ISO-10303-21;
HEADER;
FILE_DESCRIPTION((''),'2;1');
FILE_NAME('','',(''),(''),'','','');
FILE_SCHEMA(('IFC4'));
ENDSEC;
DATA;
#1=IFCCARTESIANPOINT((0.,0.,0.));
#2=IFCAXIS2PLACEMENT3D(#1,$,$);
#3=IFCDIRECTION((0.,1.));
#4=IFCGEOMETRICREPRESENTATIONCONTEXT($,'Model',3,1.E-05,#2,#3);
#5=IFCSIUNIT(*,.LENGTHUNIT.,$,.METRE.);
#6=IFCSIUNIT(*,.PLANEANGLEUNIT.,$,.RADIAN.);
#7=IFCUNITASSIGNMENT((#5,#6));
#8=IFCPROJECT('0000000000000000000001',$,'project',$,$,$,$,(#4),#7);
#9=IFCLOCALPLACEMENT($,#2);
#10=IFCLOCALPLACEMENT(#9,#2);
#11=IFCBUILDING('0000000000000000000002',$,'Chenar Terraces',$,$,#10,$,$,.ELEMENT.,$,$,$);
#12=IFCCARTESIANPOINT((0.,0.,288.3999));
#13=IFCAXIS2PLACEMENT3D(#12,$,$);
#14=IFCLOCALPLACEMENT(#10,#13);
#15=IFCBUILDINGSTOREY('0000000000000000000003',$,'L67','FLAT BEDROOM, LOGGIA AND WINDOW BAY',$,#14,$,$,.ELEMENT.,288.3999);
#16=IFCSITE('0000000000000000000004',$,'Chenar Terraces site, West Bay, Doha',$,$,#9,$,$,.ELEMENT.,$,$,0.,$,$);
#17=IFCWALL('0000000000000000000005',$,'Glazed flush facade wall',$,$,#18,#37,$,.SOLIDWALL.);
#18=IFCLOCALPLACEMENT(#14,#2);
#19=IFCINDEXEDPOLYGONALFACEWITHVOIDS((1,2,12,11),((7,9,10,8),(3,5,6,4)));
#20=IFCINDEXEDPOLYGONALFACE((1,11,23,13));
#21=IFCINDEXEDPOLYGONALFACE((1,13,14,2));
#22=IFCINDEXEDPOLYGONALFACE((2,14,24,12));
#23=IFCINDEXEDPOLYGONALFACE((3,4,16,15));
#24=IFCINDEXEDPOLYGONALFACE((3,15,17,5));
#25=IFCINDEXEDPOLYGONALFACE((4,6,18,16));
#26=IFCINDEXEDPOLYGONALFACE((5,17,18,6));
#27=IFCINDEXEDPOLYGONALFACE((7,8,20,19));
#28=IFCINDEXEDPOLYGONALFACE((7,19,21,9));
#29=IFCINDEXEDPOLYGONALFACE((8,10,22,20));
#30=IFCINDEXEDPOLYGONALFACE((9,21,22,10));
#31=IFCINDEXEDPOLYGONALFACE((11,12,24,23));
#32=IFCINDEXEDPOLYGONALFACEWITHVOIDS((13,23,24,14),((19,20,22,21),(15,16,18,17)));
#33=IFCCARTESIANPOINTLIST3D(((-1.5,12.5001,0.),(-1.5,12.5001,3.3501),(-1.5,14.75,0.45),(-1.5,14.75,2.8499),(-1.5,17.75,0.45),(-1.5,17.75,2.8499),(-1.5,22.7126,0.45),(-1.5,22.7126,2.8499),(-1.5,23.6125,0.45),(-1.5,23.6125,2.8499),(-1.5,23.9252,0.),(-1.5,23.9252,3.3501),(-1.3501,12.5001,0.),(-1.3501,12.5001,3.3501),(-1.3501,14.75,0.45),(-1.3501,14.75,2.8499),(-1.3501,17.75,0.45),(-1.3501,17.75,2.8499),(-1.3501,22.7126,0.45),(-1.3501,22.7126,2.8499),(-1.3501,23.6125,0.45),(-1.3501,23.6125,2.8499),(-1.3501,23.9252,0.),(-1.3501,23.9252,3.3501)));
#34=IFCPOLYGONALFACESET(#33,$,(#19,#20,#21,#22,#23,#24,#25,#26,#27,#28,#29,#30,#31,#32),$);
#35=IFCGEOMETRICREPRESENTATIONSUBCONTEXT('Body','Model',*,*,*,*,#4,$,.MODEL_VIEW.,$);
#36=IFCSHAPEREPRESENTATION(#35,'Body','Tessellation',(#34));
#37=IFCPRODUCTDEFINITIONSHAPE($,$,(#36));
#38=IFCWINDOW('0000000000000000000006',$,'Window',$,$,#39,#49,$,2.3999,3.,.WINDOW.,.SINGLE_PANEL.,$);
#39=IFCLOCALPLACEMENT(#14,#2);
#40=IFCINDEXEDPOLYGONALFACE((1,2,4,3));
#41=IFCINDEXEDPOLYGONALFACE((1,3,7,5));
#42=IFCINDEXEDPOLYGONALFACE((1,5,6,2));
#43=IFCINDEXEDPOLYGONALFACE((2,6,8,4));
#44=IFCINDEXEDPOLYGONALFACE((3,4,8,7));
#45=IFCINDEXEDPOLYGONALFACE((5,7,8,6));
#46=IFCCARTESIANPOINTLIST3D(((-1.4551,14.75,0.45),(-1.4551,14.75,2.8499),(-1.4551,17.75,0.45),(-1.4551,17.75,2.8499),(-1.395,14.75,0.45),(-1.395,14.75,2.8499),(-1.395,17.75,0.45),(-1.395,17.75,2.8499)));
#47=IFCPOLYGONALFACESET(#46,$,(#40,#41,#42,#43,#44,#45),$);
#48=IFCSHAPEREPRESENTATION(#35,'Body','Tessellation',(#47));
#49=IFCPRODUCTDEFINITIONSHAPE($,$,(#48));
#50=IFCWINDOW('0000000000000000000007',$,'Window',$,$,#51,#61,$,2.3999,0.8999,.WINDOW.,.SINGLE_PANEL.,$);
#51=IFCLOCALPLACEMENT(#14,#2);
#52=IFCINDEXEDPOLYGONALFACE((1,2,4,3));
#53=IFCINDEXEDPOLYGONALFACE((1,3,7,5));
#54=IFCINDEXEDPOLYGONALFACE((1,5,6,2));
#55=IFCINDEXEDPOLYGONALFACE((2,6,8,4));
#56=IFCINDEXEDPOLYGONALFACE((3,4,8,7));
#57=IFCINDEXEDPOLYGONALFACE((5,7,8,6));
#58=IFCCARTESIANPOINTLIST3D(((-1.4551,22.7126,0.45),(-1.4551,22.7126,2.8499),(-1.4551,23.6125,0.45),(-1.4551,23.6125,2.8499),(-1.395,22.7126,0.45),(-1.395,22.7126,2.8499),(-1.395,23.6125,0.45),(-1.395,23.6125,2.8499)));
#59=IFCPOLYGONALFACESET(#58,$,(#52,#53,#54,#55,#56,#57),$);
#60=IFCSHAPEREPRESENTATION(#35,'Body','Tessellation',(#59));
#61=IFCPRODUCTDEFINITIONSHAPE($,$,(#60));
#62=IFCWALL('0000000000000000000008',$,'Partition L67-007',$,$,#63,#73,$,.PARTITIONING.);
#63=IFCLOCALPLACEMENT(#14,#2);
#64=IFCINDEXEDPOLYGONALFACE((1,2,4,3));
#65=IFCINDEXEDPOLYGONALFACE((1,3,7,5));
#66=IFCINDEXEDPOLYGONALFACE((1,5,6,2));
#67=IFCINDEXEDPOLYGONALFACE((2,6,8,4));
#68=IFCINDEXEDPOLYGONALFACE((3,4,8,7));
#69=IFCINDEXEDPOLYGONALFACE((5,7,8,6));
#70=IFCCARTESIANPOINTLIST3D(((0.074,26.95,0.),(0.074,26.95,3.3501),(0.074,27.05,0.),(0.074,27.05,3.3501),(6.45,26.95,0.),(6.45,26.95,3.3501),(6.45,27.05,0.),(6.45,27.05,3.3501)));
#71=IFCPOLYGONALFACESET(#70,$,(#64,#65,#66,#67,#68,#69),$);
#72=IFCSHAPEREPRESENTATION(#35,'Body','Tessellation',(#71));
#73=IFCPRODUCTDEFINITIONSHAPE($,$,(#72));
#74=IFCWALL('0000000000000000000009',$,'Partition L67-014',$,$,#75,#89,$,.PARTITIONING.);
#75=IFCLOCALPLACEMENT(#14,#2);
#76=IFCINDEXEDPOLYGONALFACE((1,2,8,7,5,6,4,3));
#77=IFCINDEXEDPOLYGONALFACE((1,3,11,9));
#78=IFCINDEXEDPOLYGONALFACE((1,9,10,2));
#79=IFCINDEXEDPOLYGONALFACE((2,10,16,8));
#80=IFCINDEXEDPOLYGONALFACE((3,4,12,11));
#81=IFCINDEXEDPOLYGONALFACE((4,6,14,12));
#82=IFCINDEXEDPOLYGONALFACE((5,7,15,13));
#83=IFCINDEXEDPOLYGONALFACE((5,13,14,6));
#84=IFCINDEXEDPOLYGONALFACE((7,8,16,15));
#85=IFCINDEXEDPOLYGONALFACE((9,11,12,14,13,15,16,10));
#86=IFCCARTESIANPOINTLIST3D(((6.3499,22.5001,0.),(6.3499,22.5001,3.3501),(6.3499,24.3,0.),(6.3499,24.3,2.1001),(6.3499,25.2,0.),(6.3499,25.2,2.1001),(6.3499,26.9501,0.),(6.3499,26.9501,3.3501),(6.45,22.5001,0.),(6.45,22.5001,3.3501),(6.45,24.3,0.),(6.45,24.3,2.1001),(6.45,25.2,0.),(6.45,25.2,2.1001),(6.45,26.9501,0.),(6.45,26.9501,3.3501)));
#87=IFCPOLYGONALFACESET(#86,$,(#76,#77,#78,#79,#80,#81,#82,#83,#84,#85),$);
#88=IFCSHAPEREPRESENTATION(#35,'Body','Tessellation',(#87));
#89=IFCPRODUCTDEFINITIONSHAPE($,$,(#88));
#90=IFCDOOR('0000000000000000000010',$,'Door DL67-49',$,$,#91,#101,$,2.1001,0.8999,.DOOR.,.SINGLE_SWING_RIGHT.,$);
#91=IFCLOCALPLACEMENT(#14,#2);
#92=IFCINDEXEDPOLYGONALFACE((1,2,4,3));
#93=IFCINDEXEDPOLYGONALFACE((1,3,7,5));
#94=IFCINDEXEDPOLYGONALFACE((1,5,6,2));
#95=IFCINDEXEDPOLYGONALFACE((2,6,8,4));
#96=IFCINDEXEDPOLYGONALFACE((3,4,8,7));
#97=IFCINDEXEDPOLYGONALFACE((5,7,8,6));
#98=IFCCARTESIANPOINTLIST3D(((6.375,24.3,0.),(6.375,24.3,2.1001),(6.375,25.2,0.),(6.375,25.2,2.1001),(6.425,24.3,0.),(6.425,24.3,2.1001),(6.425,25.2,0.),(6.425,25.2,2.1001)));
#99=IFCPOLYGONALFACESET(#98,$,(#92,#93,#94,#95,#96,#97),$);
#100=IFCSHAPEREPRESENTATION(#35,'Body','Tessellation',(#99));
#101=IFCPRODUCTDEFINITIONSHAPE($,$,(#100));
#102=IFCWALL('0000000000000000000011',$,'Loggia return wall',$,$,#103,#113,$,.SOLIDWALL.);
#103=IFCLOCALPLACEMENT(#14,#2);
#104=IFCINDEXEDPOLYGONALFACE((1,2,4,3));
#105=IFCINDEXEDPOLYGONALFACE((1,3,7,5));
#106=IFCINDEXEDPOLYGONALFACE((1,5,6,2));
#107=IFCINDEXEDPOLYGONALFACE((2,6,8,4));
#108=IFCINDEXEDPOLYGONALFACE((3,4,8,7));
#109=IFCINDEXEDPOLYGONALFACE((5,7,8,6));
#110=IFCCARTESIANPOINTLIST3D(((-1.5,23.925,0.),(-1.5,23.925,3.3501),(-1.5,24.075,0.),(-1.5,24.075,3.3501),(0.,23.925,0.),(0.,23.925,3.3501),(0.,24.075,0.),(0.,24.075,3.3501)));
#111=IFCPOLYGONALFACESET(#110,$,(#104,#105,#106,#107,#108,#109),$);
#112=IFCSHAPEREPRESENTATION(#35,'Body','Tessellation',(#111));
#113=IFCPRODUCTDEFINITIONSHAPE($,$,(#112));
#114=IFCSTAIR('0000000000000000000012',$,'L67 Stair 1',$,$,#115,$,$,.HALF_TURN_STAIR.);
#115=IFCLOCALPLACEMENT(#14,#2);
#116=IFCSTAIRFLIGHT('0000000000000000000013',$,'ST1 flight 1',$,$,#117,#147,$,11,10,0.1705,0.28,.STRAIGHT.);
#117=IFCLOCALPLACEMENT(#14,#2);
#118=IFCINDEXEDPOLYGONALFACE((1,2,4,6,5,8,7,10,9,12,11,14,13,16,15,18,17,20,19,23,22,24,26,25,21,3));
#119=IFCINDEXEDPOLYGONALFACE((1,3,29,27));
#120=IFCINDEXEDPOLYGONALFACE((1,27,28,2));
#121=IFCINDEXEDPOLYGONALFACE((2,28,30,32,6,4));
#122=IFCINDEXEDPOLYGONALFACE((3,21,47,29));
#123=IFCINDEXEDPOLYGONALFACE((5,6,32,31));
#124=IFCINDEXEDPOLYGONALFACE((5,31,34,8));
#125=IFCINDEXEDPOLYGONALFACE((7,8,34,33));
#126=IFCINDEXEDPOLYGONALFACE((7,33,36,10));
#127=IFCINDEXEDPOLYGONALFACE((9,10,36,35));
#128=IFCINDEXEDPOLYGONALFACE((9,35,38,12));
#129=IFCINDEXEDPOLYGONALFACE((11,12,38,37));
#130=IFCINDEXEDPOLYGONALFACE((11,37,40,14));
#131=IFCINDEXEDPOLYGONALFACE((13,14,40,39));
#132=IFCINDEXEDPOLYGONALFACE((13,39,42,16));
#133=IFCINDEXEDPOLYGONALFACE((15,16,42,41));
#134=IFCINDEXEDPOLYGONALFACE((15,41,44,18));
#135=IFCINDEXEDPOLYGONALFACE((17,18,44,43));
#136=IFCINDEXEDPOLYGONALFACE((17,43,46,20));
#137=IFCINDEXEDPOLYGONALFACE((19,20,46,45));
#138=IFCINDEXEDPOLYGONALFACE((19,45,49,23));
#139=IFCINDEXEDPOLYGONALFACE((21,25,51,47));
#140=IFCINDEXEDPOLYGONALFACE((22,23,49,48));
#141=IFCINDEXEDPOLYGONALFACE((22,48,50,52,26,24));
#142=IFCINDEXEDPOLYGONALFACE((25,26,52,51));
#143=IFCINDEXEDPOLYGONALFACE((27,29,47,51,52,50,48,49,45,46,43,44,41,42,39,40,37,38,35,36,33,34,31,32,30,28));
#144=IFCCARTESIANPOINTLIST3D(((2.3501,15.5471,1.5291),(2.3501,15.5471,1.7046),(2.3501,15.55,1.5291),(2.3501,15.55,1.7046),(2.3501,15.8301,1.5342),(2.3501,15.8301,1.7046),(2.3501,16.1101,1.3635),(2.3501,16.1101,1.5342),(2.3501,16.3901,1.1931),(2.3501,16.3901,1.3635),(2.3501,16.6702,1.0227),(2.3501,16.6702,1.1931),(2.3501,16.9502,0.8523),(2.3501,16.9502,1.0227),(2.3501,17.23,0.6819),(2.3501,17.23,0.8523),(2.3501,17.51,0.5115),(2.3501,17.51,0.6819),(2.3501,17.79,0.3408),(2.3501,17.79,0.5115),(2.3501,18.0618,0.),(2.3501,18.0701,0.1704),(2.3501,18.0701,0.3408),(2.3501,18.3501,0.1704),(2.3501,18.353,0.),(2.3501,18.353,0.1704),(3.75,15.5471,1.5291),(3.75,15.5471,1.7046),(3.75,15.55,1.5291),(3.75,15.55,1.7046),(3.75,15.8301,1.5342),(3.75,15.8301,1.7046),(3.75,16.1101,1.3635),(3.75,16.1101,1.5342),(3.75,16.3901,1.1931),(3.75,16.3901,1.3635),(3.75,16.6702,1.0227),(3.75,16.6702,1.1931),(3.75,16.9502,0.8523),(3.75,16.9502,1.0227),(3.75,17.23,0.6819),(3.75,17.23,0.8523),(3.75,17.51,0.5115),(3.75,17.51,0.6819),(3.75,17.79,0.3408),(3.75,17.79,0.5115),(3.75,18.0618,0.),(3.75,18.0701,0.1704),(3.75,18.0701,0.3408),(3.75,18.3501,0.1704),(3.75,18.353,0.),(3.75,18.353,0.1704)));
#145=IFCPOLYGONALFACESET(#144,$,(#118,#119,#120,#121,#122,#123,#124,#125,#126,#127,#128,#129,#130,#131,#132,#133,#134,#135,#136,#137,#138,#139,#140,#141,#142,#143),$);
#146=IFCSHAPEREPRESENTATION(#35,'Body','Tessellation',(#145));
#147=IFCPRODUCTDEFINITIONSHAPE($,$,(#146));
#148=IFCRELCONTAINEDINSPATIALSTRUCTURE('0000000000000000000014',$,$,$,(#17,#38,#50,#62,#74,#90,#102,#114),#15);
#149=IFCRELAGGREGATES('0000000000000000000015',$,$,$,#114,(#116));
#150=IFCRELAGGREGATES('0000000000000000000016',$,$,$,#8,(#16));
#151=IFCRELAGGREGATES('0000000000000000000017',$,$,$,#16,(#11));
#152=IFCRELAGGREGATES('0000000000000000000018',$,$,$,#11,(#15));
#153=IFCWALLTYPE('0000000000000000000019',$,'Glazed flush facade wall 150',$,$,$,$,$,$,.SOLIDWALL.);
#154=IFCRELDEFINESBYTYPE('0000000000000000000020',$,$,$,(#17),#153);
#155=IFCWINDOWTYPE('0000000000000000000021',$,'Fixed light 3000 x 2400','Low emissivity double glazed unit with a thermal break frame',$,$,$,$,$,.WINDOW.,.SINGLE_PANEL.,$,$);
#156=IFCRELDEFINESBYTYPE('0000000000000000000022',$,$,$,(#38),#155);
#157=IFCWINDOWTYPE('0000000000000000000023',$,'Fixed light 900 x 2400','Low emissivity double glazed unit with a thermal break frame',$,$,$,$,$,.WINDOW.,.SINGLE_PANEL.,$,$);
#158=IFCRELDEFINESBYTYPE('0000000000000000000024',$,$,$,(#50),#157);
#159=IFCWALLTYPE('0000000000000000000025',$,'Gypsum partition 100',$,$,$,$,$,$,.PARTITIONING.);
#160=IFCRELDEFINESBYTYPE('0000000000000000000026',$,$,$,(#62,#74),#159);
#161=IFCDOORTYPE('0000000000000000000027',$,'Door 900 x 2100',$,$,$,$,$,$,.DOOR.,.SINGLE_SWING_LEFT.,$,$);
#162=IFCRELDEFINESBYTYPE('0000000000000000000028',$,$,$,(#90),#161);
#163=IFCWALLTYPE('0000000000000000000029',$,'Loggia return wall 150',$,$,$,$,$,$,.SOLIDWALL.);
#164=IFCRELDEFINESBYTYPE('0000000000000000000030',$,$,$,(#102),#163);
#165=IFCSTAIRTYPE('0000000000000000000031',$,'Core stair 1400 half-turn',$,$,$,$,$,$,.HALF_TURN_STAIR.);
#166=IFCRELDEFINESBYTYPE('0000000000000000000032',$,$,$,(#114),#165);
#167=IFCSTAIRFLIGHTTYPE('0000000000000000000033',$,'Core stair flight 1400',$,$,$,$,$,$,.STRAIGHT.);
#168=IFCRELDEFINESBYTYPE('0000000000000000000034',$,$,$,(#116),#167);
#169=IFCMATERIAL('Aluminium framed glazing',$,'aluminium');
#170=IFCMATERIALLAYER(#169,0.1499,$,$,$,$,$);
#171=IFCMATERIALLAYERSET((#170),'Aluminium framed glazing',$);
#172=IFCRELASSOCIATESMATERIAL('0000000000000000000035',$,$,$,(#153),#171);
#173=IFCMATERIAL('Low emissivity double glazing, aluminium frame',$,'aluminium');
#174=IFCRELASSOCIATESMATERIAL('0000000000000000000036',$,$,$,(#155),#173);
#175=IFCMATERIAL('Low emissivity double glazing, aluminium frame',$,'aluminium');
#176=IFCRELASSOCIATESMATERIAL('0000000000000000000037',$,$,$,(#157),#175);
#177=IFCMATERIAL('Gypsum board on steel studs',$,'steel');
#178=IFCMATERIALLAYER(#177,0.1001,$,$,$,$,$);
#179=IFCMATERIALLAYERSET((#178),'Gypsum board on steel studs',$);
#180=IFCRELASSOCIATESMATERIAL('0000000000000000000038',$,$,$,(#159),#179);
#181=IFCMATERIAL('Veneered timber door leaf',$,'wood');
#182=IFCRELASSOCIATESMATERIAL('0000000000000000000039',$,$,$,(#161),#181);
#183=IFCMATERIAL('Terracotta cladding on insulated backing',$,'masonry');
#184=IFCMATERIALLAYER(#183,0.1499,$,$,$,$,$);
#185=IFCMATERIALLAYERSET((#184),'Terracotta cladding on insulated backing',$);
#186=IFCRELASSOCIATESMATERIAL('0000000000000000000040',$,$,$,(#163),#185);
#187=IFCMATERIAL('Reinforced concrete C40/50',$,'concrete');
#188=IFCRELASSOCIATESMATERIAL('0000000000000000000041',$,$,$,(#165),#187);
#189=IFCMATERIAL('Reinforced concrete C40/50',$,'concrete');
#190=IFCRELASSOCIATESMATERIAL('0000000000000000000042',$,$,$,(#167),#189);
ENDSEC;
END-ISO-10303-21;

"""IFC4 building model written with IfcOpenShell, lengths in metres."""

from ifc_helpers import new_model, si_unit, direction, frame, frame_2d, origin, place, context, subcontext, project, spatial, polyline, rectangle, outline, extrude, material, layer, layer_set, type_object, element, fill, aggregate, save


model = new_model("IFC4")

# Units and contexts
model_context = context("Model", 3, precision=1e-05, world=origin(), true_north=direction((0.0, 1.0)))
body_context = subcontext(model_context, "Body", "Model", "MODEL_VIEW")
ifc_project = project(units=[si_unit("LENGTHUNIT", "METRE"), si_unit("PLANEANGLEUNIT", "RADIAN")], contexts=[model_context])

# Site, building, storey
site_placement = place(None, origin())
site = spatial("IfcSite", under=ifc_project, at=site_placement, Name="Chenar Terraces site, West Bay, Doha", CompositionType="ELEMENT", RefElevation=0.0)
building_placement = place(site_placement, origin())
building = spatial("IfcBuilding", under=site, at=building_placement, Name="Chenar Terraces", CompositionType="ELEMENT")
storey_placement = place(building_placement, frame((0.0, 0.0, 288.3999)))
storey = spatial("IfcBuildingStorey", under=building, at=storey_placement, Name="L67", Description="FLAT BEDROOM, LOGGIA AND WINDOW BAY", CompositionType="ELEMENT", Elevation=288.3999)

# Wall, openings, windows
ifc_material_1 = material(Name="Aluminium framed glazing", Category="aluminium")
ifc_layer_1 = layer(ifc_material_1, 0.1499)
ifc_layer_set_1 = layer_set([ifc_layer_1], Name="Aluminium framed glazing")
wall_type_1 = type_object("IfcWallType", Name="Glazed flush facade wall 150", PredefinedType="SOLIDWALL", material=ifc_layer_set_1)
wall_1_placement = place(storey_placement, frame((-1.425, 23.925, 0.0), z_axis=(0.0, 0.0, 1.0), x_axis=(0.0, -1.0, 0.0)))
wall_1 = element("IfcWall", 1, at=wall_1_placement, inside=storey, type_object=wall_type_1, Name="Glazed flush facade wall", PredefinedType="SOLIDWALL", context=body_context, shape_type="SweptSolid", body=[
    extrude(rectangle(XDim=11.425, YDim=0.1499, at=frame_2d((5.7124, 0.0))), origin(), (0.0, 0.0, 1.0), 3.3501),
])
opening_1_placement = place(wall_1_placement, frame((0.3125, 0.0, 0.45)))
opening_1 = element("IfcOpeningElement", 2, at=opening_1_placement, cuts=wall_1, PredefinedType="OPENING", context=body_context, shape_type="SweptSolid", body=[
    extrude(rectangle(XDim=0.8999, YDim=2.3999, at=frame_2d((0.45, 1.2))), frame((0.0, 0.085, 0.0), z_axis=(0.0, -1.0, 0.0), x_axis=(1.0, 0.0, 0.0)), (0.0, 0.0, 1.0), 0.1699),
])
opening_2_placement = place(wall_1_placement, frame((6.175, 0.0, 0.45)))
opening_2 = element("IfcOpeningElement", 3, at=opening_2_placement, cuts=wall_1, PredefinedType="OPENING", context=body_context, shape_type="SweptSolid", body=[
    extrude(rectangle(XDim=3.0, YDim=2.3999, at=frame_2d((1.5, 1.2))), frame((0.0, 0.085, 0.0), z_axis=(0.0, -1.0, 0.0), x_axis=(1.0, 0.0, 0.0)), (0.0, 0.0, 1.0), 0.1699),
])
ifc_material_2 = material(Name="Low emissivity double glazing, aluminium frame", Category="aluminium")
window_type_1 = type_object("IfcWindowType", Name="Fixed light 3000 x 2400", Description="Low emissivity double glazed unit with a thermal break frame", PartitioningType="SINGLE_PANEL", PredefinedType="WINDOW", material=ifc_material_2)
window_1_placement = place(opening_2_placement, origin())
window_1 = element("IfcWindow", 4, at=window_1_placement, inside=storey, type_object=window_type_1, Name="Window", OverallHeight=2.3999, OverallWidth=3.0, PartitioningType="SINGLE_PANEL", PredefinedType="WINDOW", context=body_context, shape_type="SweptSolid", body=[
    extrude(rectangle(XDim=3.0, YDim=2.3999, at=frame_2d((1.5, 1.2))), frame((0.0, 0.03, 0.0), z_axis=(0.0, -1.0, 0.0), x_axis=(1.0, 0.0, 0.0)), (0.0, 0.0, 1.0), 0.0601),
])
fill(opening_2, window_1)
ifc_material_3 = material(Name="Low emissivity double glazing, aluminium frame", Category="aluminium")
window_type_2 = type_object("IfcWindowType", Name="Fixed light 900 x 2400", Description="Low emissivity double glazed unit with a thermal break frame", PartitioningType="SINGLE_PANEL", PredefinedType="WINDOW", material=ifc_material_3)
window_2_placement = place(opening_1_placement, origin())
window_2 = element("IfcWindow", 5, at=window_2_placement, inside=storey, type_object=window_type_2, Name="Window", OverallHeight=2.3999, OverallWidth=0.8999, PartitioningType="SINGLE_PANEL", PredefinedType="WINDOW", context=body_context, shape_type="SweptSolid", body=[
    extrude(rectangle(XDim=0.8999, YDim=2.3999, at=frame_2d((0.45, 1.2))), frame((0.0, 0.03, 0.0), z_axis=(0.0, -1.0, 0.0), x_axis=(1.0, 0.0, 0.0)), (0.0, 0.0, 1.0), 0.0601),
])
fill(opening_1, window_2)

# Wall
ifc_material_4 = material(Name="Gypsum board on steel studs", Category="steel")
ifc_layer_2 = layer(ifc_material_4, 0.1001)
ifc_layer_set_2 = layer_set([ifc_layer_2], Name="Gypsum board on steel studs")
wall_type_2 = type_object("IfcWallType", Name="Gypsum partition 100", PredefinedType="PARTITIONING", material=ifc_layer_set_2)
wall_2_placement = place(storey_placement, frame((0.074, 27.0, 0.0), z_axis=(0.0, 0.0, 1.0), x_axis=(1.0, 0.0, 0.0)))
element("IfcWall", 6, at=wall_2_placement, inside=storey, type_object=wall_type_2, Name="Partition L67-007", PredefinedType="PARTITIONING", context=body_context, shape_type="SweptSolid", body=[
    extrude(rectangle(XDim=6.376, YDim=0.1001, at=frame_2d((3.188, 0.0))), origin(), (0.0, 0.0, 1.0), 3.3501),
])

# Wall, opening, door
wall_3_placement = place(storey_placement, frame((6.3999, 22.5, 0.0), z_axis=(0.0, 0.0, 1.0), x_axis=(0.0, 1.0, 0.0)))
wall_3 = element("IfcWall", 7, at=wall_3_placement, inside=storey, type_object=wall_type_2, Name="Partition L67-014", PredefinedType="PARTITIONING", context=body_context, shape_type="SweptSolid", body=[
    extrude(rectangle(XDim=4.45, YDim=0.1001, at=frame_2d((2.2251, 0.0))), origin(), (0.0, 0.0, 1.0), 3.3501),
])
opening_3_placement = place(wall_3_placement, frame((1.8, 0.0, 0.0)))
opening_3 = element("IfcOpeningElement", 8, at=opening_3_placement, cuts=wall_3, PredefinedType="OPENING", context=body_context, shape_type="SweptSolid", body=[
    extrude(rectangle(XDim=0.8999, YDim=2.1001, at=frame_2d((0.45, 1.05))), frame((0.0, 0.0601, 0.0), z_axis=(0.0, -1.0, 0.0), x_axis=(1.0, 0.0, 0.0)), (0.0, 0.0, 1.0), 0.1201),
])
ifc_material_5 = material(Name="Veneered timber door leaf", Category="wood")
door_type_1 = type_object("IfcDoorType", Name="Door 900 x 2100", OperationType="SINGLE_SWING_LEFT", PredefinedType="DOOR", material=ifc_material_5)
door_1_placement = place(opening_3_placement, origin())
door_1 = element("IfcDoor", 9, at=door_1_placement, inside=storey, type_object=door_type_1, Name="Door DL67-49", OperationType="SINGLE_SWING_RIGHT", OverallHeight=2.1001, OverallWidth=0.8999, PredefinedType="DOOR", context=body_context, shape_type="SweptSolid", body=[
    extrude(rectangle(XDim=0.8999, YDim=2.1001, at=frame_2d((0.45, 1.05))), frame((0.0, 0.0249, 0.0), z_axis=(0.0, -1.0, 0.0), x_axis=(1.0, 0.0, 0.0)), (0.0, 0.0, 1.0), 0.05),
])
fill(opening_3, door_1)

# Wall
ifc_material_6 = material(Name="Terracotta cladding on insulated backing", Category="masonry")
ifc_layer_3 = layer(ifc_material_6, 0.1499)
ifc_layer_set_3 = layer_set([ifc_layer_3], Name="Terracotta cladding on insulated backing")
wall_type_3 = type_object("IfcWallType", Name="Loggia return wall 150", PredefinedType="SOLIDWALL", material=ifc_layer_set_3)
wall_4_placement = place(storey_placement, frame((-1.5, 24.0, 0.0), z_axis=(0.0, 0.0, 1.0), x_axis=(1.0, 0.0, 0.0)))
element("IfcWall", 10, at=wall_4_placement, inside=storey, type_object=wall_type_3, Name="Loggia return wall", PredefinedType="SOLIDWALL", context=body_context, shape_type="SweptSolid", body=[
    extrude(rectangle(XDim=1.5, YDim=0.1499, at=frame_2d((0.75, 0.0))), origin(), (0.0, 0.0, 1.0), 3.3501),
])

# Stair, stair flight
ifc_material_7 = material(Name="Reinforced concrete C40/50", Category="concrete")
stair_type = type_object("IfcStairType", Name="Core stair 1400 half-turn", PredefinedType="HALF_TURN_STAIR", material=ifc_material_7)
stair_placement = place(storey_placement, origin())
stair = element("IfcStair", 11, at=stair_placement, inside=storey, type_object=stair_type, Name="L67 Stair 1", PredefinedType="HALF_TURN_STAIR")
ifc_material_8 = material(Name="Reinforced concrete C40/50", Category="concrete")
stair_flight_type = type_object("IfcStairFlightType", Name="Core stair flight 1400", PredefinedType="STRAIGHT", material=ifc_material_8)
stair_flight_1_placement = place(storey_placement, frame((3.05, 18.3501, 0.0), z_axis=(0.0, 0.0, 1.0), x_axis=(0.0, -1.0, 0.0)))
stair_flight_1 = element("IfcStairFlight", 12, at=stair_flight_1_placement, type_object=stair_flight_type, Name="ST1 flight 1", NumberOfRisers=11, NumberOfTreads=10, PredefinedType="STRAIGHT", RiserHeight=0.1705, TreadLength=0.28, context=body_context, shape_type="SweptSolid", body=[
    extrude(outline(polyline([(-0.0029, 0.0), (-0.0029, 0.1704), (0.0, 0.1704), (0.28, 0.1704), (0.28, 0.3408), (0.5601, 0.3408), (0.5601, 0.5115), (0.8401, 0.5115), (0.8401, 0.6819), (1.1201, 0.6819), (1.1201, 0.8523), (1.3999, 0.8523), (1.3999, 1.0227), (1.6799, 1.0227), (1.6799, 1.1931), (1.96, 1.1931), (1.96, 1.3635), (2.24, 1.3635), (2.24, 1.5342), (2.52, 1.5342), (2.52, 1.7046), (2.8, 1.7046), (2.803, 1.7046), (2.803, 1.5291), (2.8, 1.5291), (0.2883, 0.0), (-0.0029, 0.0)])), frame((0.0, 0.7, 0.0), z_axis=(0.0, -1.0, 0.0), x_axis=(1.0, 0.0, 0.0)), (0.0, 0.0, 1.0), 1.3999),
])
aggregate(stair, [stair_flight_1])

save(model, "model.ifc")
